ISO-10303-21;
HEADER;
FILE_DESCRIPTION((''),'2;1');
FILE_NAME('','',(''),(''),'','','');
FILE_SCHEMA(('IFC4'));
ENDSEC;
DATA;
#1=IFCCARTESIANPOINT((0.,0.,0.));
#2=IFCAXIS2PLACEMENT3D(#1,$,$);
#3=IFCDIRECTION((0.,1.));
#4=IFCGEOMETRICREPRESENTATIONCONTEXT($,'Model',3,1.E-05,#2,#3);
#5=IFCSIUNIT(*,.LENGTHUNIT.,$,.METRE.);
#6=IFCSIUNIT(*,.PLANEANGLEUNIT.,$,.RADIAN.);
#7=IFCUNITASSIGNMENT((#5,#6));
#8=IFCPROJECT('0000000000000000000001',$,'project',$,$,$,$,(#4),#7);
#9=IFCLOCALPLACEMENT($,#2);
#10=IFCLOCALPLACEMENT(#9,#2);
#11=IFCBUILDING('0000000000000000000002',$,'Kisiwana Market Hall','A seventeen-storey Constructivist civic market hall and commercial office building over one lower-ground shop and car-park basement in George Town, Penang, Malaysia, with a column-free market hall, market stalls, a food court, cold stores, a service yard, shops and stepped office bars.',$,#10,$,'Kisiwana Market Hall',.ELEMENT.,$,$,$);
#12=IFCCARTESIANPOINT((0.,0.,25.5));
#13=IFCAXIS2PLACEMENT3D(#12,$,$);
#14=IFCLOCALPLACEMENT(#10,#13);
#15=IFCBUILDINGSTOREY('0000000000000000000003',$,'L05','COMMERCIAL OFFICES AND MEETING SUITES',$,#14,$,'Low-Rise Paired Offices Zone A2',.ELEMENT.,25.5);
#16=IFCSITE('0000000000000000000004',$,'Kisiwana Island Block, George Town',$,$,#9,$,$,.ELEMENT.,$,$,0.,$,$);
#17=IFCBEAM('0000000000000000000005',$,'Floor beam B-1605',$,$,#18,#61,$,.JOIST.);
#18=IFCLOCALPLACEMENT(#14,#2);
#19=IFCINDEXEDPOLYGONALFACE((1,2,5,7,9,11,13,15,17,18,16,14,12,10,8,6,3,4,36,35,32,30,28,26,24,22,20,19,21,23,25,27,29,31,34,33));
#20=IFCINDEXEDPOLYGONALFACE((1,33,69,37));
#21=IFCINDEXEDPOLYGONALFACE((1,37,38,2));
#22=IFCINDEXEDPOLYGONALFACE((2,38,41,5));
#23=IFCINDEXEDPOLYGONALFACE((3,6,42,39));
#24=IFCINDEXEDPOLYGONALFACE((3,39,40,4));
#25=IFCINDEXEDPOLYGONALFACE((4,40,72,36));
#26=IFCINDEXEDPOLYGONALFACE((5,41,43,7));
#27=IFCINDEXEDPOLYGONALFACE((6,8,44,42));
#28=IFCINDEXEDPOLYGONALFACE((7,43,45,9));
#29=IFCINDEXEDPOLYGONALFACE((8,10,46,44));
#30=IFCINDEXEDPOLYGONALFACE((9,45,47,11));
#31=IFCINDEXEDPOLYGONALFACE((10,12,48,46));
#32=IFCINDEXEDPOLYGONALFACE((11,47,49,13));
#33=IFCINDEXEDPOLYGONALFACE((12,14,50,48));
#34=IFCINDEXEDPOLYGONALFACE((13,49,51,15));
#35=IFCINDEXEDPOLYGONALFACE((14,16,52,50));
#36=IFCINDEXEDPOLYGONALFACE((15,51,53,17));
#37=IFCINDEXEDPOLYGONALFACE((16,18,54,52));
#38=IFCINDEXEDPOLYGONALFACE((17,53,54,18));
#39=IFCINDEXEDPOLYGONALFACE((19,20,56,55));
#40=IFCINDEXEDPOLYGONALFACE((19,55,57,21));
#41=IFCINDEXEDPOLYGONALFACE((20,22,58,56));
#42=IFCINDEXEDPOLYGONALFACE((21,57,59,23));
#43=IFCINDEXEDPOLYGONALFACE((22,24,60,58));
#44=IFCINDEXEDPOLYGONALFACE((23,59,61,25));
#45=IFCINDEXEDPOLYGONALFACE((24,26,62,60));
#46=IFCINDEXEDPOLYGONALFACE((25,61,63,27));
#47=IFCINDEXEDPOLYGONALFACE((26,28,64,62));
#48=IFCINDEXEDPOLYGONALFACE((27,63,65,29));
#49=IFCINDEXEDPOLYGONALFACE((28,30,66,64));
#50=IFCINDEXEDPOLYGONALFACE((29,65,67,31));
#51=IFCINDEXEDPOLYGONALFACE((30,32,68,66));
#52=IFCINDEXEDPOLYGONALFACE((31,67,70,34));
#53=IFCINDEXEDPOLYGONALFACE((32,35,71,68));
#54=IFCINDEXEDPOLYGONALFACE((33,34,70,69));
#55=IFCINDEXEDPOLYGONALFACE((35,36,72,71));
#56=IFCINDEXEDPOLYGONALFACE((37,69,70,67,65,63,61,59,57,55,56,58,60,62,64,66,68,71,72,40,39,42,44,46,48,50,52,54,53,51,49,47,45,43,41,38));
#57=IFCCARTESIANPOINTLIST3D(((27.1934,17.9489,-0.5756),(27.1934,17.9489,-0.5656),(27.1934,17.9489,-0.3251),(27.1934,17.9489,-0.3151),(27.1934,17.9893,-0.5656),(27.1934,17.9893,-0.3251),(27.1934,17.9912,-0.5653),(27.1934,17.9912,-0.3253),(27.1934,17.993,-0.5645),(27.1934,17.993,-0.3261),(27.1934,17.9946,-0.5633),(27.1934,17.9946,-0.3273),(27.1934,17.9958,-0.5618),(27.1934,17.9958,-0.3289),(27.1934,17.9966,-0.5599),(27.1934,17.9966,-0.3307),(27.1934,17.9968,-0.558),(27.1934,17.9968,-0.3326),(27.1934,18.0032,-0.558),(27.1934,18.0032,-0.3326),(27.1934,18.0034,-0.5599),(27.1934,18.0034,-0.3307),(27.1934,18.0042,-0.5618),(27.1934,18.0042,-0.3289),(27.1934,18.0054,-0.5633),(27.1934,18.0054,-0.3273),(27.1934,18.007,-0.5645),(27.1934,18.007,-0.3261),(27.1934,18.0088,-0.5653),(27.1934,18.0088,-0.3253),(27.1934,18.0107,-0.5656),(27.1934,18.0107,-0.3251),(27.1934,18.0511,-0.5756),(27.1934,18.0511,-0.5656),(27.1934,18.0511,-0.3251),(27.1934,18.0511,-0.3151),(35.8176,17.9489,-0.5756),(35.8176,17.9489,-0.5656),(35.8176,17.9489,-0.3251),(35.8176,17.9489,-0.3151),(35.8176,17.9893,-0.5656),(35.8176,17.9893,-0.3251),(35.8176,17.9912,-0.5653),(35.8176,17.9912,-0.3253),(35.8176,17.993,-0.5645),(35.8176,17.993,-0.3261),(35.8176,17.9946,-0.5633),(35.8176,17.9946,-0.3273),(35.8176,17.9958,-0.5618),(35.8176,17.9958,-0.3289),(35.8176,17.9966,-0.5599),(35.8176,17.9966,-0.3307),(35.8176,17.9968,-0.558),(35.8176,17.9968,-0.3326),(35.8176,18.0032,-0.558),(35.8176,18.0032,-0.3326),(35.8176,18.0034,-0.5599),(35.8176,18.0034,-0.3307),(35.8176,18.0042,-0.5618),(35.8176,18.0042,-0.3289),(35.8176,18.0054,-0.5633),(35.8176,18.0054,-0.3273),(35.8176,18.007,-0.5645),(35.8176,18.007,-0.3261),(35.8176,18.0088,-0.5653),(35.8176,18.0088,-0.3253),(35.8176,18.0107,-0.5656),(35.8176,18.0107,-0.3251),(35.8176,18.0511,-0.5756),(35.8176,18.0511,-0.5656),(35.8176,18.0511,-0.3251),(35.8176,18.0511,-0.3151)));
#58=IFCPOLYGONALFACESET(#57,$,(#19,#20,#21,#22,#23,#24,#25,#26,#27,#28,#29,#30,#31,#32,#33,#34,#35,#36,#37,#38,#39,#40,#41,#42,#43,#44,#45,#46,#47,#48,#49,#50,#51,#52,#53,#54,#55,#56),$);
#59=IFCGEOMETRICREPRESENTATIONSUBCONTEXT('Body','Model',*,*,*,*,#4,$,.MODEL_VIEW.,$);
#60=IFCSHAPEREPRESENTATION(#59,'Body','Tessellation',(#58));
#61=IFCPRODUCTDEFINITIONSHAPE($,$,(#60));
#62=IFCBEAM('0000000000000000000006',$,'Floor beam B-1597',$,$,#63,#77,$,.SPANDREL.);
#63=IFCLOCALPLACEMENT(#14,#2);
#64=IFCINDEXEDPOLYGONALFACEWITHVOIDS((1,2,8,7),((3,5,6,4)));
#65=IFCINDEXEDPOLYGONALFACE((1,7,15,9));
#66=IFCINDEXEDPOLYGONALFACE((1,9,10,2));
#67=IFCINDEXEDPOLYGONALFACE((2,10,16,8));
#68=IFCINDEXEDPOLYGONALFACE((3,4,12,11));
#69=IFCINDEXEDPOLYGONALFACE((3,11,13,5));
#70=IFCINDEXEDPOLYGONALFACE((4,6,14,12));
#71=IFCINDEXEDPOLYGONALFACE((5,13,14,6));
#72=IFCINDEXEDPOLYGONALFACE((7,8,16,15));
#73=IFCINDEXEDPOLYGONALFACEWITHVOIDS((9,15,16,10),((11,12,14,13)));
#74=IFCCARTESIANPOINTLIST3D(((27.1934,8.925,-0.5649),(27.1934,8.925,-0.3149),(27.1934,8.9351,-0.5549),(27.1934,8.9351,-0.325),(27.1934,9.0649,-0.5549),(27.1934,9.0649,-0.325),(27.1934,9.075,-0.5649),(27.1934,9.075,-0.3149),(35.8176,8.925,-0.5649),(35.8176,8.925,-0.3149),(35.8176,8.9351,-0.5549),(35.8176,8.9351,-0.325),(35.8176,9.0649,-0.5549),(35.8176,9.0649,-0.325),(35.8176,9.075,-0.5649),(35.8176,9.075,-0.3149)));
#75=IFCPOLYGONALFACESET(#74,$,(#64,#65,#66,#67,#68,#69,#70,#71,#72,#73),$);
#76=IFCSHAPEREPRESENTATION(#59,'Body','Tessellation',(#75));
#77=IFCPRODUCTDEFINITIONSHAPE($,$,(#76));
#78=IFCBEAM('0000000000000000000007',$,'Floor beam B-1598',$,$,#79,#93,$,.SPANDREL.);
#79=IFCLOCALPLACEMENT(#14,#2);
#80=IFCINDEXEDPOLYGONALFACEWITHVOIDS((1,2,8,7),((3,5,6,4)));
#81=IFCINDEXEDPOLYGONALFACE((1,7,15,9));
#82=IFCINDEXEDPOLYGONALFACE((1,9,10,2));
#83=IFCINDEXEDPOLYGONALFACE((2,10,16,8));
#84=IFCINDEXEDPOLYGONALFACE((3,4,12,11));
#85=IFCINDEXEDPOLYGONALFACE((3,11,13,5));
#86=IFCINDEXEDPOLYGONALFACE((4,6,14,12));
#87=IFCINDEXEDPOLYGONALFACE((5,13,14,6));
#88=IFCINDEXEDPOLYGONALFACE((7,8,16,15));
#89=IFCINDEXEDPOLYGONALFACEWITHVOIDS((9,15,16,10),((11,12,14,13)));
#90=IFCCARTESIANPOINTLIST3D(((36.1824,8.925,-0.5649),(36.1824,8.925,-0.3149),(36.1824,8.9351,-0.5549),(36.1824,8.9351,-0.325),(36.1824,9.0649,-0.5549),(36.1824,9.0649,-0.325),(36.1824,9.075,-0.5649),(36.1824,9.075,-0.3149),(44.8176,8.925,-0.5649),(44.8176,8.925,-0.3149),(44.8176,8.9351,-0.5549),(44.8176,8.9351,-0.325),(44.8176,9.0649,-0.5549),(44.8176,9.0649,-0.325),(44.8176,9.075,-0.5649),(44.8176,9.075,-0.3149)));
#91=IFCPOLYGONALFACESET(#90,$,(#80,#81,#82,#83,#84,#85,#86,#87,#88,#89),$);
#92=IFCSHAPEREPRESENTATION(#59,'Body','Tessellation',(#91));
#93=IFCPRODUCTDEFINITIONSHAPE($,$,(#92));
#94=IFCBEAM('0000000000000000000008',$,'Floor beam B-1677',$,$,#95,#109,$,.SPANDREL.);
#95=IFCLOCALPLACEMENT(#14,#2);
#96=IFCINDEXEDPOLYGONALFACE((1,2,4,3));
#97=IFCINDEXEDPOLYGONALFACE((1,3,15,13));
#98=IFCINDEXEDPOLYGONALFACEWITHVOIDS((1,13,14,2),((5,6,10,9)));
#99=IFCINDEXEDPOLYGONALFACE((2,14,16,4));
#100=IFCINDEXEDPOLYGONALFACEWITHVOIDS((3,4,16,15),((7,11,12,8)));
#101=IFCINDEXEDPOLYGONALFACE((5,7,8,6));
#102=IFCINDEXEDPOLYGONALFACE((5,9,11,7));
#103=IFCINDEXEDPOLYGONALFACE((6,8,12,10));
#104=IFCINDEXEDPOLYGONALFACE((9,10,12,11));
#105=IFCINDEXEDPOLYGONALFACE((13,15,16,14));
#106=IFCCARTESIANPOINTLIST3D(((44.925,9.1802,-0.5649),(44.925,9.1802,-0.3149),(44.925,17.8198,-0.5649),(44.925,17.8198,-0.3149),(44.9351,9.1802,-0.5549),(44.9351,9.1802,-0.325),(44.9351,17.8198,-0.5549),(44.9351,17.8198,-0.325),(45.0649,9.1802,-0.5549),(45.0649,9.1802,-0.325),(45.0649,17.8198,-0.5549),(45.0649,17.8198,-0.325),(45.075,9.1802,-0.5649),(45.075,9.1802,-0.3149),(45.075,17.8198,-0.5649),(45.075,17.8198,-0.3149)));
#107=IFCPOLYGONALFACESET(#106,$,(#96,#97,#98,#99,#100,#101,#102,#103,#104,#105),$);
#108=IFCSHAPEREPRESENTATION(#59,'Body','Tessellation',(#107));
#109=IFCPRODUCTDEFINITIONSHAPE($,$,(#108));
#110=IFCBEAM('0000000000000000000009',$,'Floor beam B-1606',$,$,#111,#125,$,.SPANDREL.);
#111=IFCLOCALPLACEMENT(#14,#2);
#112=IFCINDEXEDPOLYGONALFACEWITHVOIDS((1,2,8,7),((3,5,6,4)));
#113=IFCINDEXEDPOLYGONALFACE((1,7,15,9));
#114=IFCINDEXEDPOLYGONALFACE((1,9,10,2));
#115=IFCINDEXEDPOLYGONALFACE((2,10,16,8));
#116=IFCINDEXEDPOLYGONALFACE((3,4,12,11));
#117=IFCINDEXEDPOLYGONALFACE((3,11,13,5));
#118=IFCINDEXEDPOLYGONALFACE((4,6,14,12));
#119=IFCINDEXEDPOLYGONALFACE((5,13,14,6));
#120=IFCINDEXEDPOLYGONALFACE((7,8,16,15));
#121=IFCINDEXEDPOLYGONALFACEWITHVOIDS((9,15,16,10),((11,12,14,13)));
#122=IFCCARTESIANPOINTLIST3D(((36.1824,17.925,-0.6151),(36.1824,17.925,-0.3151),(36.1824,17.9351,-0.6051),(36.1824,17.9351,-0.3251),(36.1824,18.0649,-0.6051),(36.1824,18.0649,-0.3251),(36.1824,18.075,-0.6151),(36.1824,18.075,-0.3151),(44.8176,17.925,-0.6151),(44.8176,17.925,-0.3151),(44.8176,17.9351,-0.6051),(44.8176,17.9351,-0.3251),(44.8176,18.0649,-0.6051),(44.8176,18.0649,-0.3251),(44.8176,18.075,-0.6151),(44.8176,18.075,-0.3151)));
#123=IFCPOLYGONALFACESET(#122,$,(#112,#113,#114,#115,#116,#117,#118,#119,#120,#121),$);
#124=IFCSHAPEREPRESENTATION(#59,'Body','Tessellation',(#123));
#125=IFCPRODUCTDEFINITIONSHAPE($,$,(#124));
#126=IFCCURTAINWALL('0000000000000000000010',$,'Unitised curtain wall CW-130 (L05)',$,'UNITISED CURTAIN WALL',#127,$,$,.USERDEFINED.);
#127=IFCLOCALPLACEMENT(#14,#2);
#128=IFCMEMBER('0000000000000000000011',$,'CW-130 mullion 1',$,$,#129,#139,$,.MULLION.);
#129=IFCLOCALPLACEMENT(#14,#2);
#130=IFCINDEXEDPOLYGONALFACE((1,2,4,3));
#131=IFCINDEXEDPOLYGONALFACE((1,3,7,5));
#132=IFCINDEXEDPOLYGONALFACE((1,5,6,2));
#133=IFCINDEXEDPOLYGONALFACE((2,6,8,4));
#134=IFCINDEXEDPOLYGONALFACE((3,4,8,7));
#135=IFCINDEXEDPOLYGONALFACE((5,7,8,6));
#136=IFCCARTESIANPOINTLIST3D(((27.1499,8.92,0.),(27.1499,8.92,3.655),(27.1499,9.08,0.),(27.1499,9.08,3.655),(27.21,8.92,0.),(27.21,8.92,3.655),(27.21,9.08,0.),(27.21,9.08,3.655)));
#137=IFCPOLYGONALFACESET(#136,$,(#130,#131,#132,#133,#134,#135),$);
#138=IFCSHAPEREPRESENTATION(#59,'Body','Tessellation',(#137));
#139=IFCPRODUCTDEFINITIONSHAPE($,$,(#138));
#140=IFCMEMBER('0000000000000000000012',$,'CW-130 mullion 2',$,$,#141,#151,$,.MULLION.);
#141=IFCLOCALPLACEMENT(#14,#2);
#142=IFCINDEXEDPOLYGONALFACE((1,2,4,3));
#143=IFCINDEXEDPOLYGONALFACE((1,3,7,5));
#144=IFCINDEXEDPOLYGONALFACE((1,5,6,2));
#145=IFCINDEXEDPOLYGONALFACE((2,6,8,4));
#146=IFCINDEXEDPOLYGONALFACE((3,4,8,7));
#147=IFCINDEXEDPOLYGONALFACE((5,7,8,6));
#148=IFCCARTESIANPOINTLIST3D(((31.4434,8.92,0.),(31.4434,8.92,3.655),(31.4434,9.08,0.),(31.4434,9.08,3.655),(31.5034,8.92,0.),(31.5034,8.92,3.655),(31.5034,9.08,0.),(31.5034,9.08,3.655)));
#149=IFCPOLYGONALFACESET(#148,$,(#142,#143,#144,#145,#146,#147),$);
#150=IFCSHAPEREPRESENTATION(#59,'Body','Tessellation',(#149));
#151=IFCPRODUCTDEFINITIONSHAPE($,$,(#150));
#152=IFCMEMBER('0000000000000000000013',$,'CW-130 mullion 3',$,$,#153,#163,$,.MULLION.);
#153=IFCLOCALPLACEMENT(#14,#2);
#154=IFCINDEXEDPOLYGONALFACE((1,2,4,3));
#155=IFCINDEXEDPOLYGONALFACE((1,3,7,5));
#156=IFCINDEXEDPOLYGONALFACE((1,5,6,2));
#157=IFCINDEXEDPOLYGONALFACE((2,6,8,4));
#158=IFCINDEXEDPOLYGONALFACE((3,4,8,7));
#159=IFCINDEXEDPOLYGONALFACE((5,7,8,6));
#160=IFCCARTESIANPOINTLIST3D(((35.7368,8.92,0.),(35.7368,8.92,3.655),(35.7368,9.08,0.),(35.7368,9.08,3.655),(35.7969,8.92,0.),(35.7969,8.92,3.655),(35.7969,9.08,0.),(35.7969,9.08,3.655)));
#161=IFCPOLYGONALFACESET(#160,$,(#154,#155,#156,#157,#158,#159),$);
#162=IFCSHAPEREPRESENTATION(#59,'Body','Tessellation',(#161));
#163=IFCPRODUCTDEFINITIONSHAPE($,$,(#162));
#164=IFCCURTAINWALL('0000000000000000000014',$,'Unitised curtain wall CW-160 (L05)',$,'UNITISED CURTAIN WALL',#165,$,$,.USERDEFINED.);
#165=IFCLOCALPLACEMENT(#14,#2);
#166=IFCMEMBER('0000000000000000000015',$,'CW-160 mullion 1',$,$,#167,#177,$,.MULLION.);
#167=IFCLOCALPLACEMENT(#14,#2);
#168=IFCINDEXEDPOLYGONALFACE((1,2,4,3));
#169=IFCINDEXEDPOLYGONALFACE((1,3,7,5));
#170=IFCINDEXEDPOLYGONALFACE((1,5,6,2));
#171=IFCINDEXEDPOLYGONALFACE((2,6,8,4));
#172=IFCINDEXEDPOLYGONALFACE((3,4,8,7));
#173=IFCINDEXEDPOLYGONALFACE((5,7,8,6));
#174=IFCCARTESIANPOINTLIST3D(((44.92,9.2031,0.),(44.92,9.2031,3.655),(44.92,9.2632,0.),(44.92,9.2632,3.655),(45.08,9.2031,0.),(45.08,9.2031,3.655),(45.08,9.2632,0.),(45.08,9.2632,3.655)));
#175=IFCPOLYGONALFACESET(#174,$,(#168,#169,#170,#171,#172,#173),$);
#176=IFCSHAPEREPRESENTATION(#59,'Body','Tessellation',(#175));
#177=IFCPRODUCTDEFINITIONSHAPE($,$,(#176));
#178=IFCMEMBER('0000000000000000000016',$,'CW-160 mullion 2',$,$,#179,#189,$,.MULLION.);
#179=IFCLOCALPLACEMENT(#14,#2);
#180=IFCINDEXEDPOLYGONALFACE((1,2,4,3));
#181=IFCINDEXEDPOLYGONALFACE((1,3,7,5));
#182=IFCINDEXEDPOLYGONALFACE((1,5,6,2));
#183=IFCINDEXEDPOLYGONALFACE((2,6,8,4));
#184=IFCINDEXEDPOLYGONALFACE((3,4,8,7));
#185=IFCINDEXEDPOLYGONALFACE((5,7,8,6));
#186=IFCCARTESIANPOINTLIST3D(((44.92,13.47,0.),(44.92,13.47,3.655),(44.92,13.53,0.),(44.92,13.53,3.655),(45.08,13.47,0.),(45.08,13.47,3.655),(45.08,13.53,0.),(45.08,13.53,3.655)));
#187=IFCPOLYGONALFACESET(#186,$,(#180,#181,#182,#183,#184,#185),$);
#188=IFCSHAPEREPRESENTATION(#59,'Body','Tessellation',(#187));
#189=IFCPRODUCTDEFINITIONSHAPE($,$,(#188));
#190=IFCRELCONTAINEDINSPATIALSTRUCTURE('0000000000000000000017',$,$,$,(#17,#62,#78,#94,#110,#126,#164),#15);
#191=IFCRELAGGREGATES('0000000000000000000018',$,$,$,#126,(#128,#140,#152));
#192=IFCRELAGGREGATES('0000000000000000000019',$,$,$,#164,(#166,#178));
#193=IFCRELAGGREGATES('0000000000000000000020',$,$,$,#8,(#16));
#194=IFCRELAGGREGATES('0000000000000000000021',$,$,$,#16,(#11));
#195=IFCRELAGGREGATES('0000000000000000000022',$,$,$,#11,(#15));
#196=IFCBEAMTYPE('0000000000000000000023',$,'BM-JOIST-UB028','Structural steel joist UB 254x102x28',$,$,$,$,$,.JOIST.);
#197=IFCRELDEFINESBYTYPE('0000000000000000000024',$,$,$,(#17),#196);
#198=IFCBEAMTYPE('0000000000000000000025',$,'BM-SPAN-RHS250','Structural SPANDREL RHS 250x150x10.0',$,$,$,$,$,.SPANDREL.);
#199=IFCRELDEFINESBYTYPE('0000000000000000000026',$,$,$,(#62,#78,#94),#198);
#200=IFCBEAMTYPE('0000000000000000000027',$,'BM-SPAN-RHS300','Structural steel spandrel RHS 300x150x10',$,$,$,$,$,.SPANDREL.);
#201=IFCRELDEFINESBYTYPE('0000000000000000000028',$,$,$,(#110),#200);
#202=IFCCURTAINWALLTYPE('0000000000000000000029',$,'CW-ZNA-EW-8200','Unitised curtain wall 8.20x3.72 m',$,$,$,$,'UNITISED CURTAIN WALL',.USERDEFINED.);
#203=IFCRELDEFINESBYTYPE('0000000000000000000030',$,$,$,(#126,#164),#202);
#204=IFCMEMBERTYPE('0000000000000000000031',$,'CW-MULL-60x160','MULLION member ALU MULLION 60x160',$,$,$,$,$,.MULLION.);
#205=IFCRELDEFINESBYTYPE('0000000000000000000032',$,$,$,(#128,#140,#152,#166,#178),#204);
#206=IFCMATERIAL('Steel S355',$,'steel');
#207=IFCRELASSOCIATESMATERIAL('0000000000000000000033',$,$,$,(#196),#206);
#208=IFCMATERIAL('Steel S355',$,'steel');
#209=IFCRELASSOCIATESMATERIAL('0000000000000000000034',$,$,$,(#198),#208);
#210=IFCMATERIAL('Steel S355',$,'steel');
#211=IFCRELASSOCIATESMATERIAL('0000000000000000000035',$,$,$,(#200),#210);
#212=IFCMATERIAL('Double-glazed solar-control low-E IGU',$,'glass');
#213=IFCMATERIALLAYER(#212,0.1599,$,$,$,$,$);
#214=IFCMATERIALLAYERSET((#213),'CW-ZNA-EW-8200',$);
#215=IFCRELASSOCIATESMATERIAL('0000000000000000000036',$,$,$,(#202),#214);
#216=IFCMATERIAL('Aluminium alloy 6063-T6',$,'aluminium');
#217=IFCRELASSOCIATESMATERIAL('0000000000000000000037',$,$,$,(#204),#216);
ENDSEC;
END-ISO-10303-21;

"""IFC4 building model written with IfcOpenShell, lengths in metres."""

from ifc_helpers import new_model, si_unit, direction, frame, origin, origin_2d, place, context, subcontext, project, spatial, rectangle, hollow_rectangle, i_section, extrude, material, layer, layer_set, material_profile, profile_set, type_object, element, aggregate, save


model = new_model("IFC4")

# Units and contexts
model_context = context("Model", 3, precision=1e-05, world=origin(), true_north=direction((0.0, 1.0)))
body_context = subcontext(model_context, "Body", "Model", "MODEL_VIEW")
ifc_project = project(units=[si_unit("LENGTHUNIT", "METRE"), si_unit("PLANEANGLEUNIT", "RADIAN")], contexts=[model_context])

# Site, building, storey
site_placement = place(None, origin())
site = spatial("IfcSite", under=ifc_project, at=site_placement, Name="Kisiwana Island Block, George Town", CompositionType="ELEMENT", RefElevation=0.0)
building_placement = place(site_placement, origin())
building = spatial("IfcBuilding", under=site, at=building_placement, Name="Kisiwana Market Hall", Description="A seventeen-storey Constructivist civic market hall and commercial office building over one lower-ground shop and car-park basement in George Town, Penang, Malaysia, with a column-free market hall, market stalls, a food court, cold stores, a service yard, shops and stepped office bars.", LongName="Kisiwana Market Hall", CompositionType="ELEMENT")
storey_placement = place(building_placement, frame((0.0, 0.0, 25.5)))
storey = spatial("IfcBuildingStorey", under=building, at=storey_placement, Name="L05", Description="COMMERCIAL OFFICES AND MEETING SUITES", LongName="Low-Rise Paired Offices Zone A2", CompositionType="ELEMENT", Elevation=25.5)

# Beams
ifc_material_1 = material(Name="Steel S355", Category="steel")
ifc_material_profile_1 = material_profile(ifc_material_1, i_section(OverallWidth=0.1023, OverallDepth=0.2605, WebThickness=0.0063, FlangeThickness=0.01, FilletRadius=0.0076, at=origin_2d()), Name="UB 254x102x28")
ifc_profile_set_1 = profile_set([ifc_material_profile_1], Name="Steel S355")
beam_type_1 = type_object("IfcBeamType", Name="BM-JOIST-UB028", Description="Structural steel joist UB 254x102x28", PredefinedType="JOIST", material=ifc_profile_set_1)
beam_1_placement = place(storey_placement, frame((27.1934, 18.0, -0.4453), z_axis=(1.0, 0.0, 0.0), x_axis=(0.0, 1.0, 0.0)))
element("IfcBeam", 1, at=beam_1_placement, inside=storey, type_object=beam_type_1, Name="Floor beam B-1605", PredefinedType="JOIST", context=body_context, shape_type="SweptSolid", body=[
    extrude(i_section(OverallWidth=0.1023, OverallDepth=0.2605, WebThickness=0.0063, FlangeThickness=0.01, FilletRadius=0.0076, at=origin_2d()), origin(), (0.0, 0.0, 1.0), 8.6243),
])
ifc_material_2 = material(Name="Steel S355", Category="steel")
ifc_material_profile_2 = material_profile(ifc_material_2, hollow_rectangle(XDim=0.1499, YDim=0.25, WallThickness=0.01, at=origin_2d()), Name="RHS 250x150x10.0")
ifc_profile_set_2 = profile_set([ifc_material_profile_2], Name="Steel S355")
beam_type_2 = type_object("IfcBeamType", Name="BM-SPAN-RHS250", Description="Structural SPANDREL RHS 250x150x10.0", PredefinedType="SPANDREL", material=ifc_profile_set_2)
beam_2_placement = place(storey_placement, frame((27.1934, 9.0, -0.4399), z_axis=(1.0, 0.0, 0.0), x_axis=(0.0, 1.0, 0.0)))
element("IfcBeam", 2, at=beam_2_placement, inside=storey, type_object=beam_type_2, Name="Floor beam B-1597", PredefinedType="SPANDREL", context=body_context, shape_type="SweptSolid", body=[
    extrude(hollow_rectangle(XDim=0.1499, YDim=0.25, WallThickness=0.01, at=origin_2d()), origin(), (0.0, 0.0, 1.0), 8.6243),
])
beam_3_placement = place(storey_placement, frame((36.1824, 9.0, -0.4399), z_axis=(1.0, 0.0, 0.0), x_axis=(0.0, 1.0, 0.0)))
element("IfcBeam", 3, at=beam_3_placement, inside=storey, type_object=beam_type_2, Name="Floor beam B-1598", PredefinedType="SPANDREL", context=body_context, shape_type="SweptSolid", body=[
    extrude(hollow_rectangle(XDim=0.1499, YDim=0.25, WallThickness=0.01, at=origin_2d()), origin(), (0.0, 0.0, 1.0), 8.6353),
])
beam_4_placement = place(storey_placement, frame((45.0, 9.1802, -0.4399), z_axis=(0.0, 1.0, 0.0), x_axis=(-1.0, 0.0, 0.0)))
element("IfcBeam", 4, at=beam_4_placement, inside=storey, type_object=beam_type_2, Name="Floor beam B-1677", PredefinedType="SPANDREL", context=body_context, shape_type="SweptSolid", body=[
    extrude(hollow_rectangle(XDim=0.1499, YDim=0.25, WallThickness=0.01, at=origin_2d()), origin(), (0.0, 0.0, 1.0), 8.6396),
])
ifc_material_3 = material(Name="Steel S355", Category="steel")
ifc_material_profile_3 = material_profile(ifc_material_3, hollow_rectangle(XDim=0.1499, YDim=0.3, WallThickness=0.01, at=origin_2d()), Name="RHS 300x150x10")
ifc_profile_set_3 = profile_set([ifc_material_profile_3], Name="Steel S355")
beam_type_3 = type_object("IfcBeamType", Name="BM-SPAN-RHS300", Description="Structural steel spandrel RHS 300x150x10", PredefinedType="SPANDREL", material=ifc_profile_set_3)
beam_5_placement = place(storey_placement, frame((36.1824, 18.0, -0.4651), z_axis=(1.0, 0.0, 0.0), x_axis=(0.0, 1.0, 0.0)))
element("IfcBeam", 5, at=beam_5_placement, inside=storey, type_object=beam_type_3, Name="Floor beam B-1606", PredefinedType="SPANDREL", context=body_context, shape_type="SweptSolid", body=[
    extrude(hollow_rectangle(XDim=0.1499, YDim=0.3, WallThickness=0.01, at=origin_2d()), origin(), (0.0, 0.0, 1.0), 8.6353),
])

# Curtain walls, members
ifc_material_4 = material(Name="Double-glazed solar-control low-E IGU", Category="glass")
ifc_layer_1 = layer(ifc_material_4, 0.1599)
ifc_layer_set_1 = layer_set([ifc_layer_1], Name="CW-ZNA-EW-8200")
curtain_wall_type = type_object("IfcCurtainWallType", Name="CW-ZNA-EW-8200", Description="Unitised curtain wall 8.20x3.72 m", ElementType="UNITISED CURTAIN WALL", PredefinedType="USERDEFINED", material=ifc_layer_set_1)
curtain_wall_1_placement = place(storey_placement, origin())
curtain_wall_1 = element("IfcCurtainWall", 6, at=curtain_wall_1_placement, inside=storey, type_object=curtain_wall_type, Name="Unitised curtain wall CW-130 (L05)", ObjectType="UNITISED CURTAIN WALL", PredefinedType="USERDEFINED")
ifc_material_5 = material(Name="Aluminium alloy 6063-T6", Category="aluminium")
ifc_material_profile_4 = material_profile(ifc_material_5, rectangle(XDim=0.0601, YDim=0.1599, at=origin_2d()), Name="ALU MULLION 60x160")
ifc_profile_set_4 = profile_set([ifc_material_profile_4], Name="Aluminium alloy 6063-T6")
member_type_1 = type_object("IfcMemberType", Name="CW-MULL-60x160", Description="MULLION member ALU MULLION 60x160", PredefinedType="MULLION", material=ifc_profile_set_4)
member_1_placement = place(storey_placement, frame((27.1799, 9.0, 0.0), z_axis=(0.0, 0.0, 1.0), x_axis=(1.0, 0.0, 0.0)))
member_1 = element("IfcMember", 7, at=member_1_placement, type_object=member_type_1, Name="CW-130 mullion 1", PredefinedType="MULLION", context=body_context, shape_type="SweptSolid", body=[
    extrude(rectangle(XDim=0.0601, YDim=0.1599, at=origin_2d()), origin(), (0.0, 0.0, 1.0), 3.655),
])
member_2_placement = place(storey_placement, frame((31.4734, 9.0, 0.0), z_axis=(0.0, 0.0, 1.0), x_axis=(1.0, 0.0, 0.0)))
member_2 = element("IfcMember", 8, at=member_2_placement, type_object=member_type_1, Name="CW-130 mullion 2", PredefinedType="MULLION", context=body_context, shape_type="SweptSolid", body=[
    extrude(rectangle(XDim=0.0601, YDim=0.1599, at=origin_2d()), origin(), (0.0, 0.0, 1.0), 3.655),
])
member_3_placement = place(storey_placement, frame((35.7668, 9.0, 0.0), z_axis=(0.0, 0.0, 1.0), x_axis=(1.0, 0.0, 0.0)))
member_3 = element("IfcMember", 9, at=member_3_placement, type_object=member_type_1, Name="CW-130 mullion 3", PredefinedType="MULLION", context=body_context, shape_type="SweptSolid", body=[
    extrude(rectangle(XDim=0.0601, YDim=0.1599, at=origin_2d()), origin(), (0.0, 0.0, 1.0), 3.655),
])
curtain_wall_2_placement = place(storey_placement, origin())
curtain_wall_2 = element("IfcCurtainWall", 10, at=curtain_wall_2_placement, inside=storey, type_object=curtain_wall_type, Name="Unitised curtain wall CW-160 (L05)", ObjectType="UNITISED CURTAIN WALL", PredefinedType="USERDEFINED")
member_4_placement = place(storey_placement, frame((45.0, 9.2332, 0.0), z_axis=(0.0, 0.0, 1.0), x_axis=(0.0, 1.0, 0.0)))
member_4 = element("IfcMember", 11, at=member_4_placement, type_object=member_type_1, Name="CW-160 mullion 1", PredefinedType="MULLION", context=body_context, shape_type="SweptSolid", body=[
    extrude(rectangle(XDim=0.0601, YDim=0.1599, at=origin_2d()), origin(), (0.0, 0.0, 1.0), 3.655),
])
member_5_placement = place(storey_placement, frame((45.0, 13.5, 0.0), z_axis=(0.0, 0.0, 1.0), x_axis=(0.0, 1.0, 0.0)))
member_5 = element("IfcMember", 12, at=member_5_placement, type_object=member_type_1, Name="CW-160 mullion 2", PredefinedType="MULLION", context=body_context, shape_type="SweptSolid", body=[
    extrude(rectangle(XDim=0.0601, YDim=0.1599, at=origin_2d()), origin(), (0.0, 0.0, 1.0), 3.655),
])

aggregate(curtain_wall_1, [member_1, member_2, member_3])
aggregate(curtain_wall_2, [member_4, member_5])

save(model, "model.ifc")
